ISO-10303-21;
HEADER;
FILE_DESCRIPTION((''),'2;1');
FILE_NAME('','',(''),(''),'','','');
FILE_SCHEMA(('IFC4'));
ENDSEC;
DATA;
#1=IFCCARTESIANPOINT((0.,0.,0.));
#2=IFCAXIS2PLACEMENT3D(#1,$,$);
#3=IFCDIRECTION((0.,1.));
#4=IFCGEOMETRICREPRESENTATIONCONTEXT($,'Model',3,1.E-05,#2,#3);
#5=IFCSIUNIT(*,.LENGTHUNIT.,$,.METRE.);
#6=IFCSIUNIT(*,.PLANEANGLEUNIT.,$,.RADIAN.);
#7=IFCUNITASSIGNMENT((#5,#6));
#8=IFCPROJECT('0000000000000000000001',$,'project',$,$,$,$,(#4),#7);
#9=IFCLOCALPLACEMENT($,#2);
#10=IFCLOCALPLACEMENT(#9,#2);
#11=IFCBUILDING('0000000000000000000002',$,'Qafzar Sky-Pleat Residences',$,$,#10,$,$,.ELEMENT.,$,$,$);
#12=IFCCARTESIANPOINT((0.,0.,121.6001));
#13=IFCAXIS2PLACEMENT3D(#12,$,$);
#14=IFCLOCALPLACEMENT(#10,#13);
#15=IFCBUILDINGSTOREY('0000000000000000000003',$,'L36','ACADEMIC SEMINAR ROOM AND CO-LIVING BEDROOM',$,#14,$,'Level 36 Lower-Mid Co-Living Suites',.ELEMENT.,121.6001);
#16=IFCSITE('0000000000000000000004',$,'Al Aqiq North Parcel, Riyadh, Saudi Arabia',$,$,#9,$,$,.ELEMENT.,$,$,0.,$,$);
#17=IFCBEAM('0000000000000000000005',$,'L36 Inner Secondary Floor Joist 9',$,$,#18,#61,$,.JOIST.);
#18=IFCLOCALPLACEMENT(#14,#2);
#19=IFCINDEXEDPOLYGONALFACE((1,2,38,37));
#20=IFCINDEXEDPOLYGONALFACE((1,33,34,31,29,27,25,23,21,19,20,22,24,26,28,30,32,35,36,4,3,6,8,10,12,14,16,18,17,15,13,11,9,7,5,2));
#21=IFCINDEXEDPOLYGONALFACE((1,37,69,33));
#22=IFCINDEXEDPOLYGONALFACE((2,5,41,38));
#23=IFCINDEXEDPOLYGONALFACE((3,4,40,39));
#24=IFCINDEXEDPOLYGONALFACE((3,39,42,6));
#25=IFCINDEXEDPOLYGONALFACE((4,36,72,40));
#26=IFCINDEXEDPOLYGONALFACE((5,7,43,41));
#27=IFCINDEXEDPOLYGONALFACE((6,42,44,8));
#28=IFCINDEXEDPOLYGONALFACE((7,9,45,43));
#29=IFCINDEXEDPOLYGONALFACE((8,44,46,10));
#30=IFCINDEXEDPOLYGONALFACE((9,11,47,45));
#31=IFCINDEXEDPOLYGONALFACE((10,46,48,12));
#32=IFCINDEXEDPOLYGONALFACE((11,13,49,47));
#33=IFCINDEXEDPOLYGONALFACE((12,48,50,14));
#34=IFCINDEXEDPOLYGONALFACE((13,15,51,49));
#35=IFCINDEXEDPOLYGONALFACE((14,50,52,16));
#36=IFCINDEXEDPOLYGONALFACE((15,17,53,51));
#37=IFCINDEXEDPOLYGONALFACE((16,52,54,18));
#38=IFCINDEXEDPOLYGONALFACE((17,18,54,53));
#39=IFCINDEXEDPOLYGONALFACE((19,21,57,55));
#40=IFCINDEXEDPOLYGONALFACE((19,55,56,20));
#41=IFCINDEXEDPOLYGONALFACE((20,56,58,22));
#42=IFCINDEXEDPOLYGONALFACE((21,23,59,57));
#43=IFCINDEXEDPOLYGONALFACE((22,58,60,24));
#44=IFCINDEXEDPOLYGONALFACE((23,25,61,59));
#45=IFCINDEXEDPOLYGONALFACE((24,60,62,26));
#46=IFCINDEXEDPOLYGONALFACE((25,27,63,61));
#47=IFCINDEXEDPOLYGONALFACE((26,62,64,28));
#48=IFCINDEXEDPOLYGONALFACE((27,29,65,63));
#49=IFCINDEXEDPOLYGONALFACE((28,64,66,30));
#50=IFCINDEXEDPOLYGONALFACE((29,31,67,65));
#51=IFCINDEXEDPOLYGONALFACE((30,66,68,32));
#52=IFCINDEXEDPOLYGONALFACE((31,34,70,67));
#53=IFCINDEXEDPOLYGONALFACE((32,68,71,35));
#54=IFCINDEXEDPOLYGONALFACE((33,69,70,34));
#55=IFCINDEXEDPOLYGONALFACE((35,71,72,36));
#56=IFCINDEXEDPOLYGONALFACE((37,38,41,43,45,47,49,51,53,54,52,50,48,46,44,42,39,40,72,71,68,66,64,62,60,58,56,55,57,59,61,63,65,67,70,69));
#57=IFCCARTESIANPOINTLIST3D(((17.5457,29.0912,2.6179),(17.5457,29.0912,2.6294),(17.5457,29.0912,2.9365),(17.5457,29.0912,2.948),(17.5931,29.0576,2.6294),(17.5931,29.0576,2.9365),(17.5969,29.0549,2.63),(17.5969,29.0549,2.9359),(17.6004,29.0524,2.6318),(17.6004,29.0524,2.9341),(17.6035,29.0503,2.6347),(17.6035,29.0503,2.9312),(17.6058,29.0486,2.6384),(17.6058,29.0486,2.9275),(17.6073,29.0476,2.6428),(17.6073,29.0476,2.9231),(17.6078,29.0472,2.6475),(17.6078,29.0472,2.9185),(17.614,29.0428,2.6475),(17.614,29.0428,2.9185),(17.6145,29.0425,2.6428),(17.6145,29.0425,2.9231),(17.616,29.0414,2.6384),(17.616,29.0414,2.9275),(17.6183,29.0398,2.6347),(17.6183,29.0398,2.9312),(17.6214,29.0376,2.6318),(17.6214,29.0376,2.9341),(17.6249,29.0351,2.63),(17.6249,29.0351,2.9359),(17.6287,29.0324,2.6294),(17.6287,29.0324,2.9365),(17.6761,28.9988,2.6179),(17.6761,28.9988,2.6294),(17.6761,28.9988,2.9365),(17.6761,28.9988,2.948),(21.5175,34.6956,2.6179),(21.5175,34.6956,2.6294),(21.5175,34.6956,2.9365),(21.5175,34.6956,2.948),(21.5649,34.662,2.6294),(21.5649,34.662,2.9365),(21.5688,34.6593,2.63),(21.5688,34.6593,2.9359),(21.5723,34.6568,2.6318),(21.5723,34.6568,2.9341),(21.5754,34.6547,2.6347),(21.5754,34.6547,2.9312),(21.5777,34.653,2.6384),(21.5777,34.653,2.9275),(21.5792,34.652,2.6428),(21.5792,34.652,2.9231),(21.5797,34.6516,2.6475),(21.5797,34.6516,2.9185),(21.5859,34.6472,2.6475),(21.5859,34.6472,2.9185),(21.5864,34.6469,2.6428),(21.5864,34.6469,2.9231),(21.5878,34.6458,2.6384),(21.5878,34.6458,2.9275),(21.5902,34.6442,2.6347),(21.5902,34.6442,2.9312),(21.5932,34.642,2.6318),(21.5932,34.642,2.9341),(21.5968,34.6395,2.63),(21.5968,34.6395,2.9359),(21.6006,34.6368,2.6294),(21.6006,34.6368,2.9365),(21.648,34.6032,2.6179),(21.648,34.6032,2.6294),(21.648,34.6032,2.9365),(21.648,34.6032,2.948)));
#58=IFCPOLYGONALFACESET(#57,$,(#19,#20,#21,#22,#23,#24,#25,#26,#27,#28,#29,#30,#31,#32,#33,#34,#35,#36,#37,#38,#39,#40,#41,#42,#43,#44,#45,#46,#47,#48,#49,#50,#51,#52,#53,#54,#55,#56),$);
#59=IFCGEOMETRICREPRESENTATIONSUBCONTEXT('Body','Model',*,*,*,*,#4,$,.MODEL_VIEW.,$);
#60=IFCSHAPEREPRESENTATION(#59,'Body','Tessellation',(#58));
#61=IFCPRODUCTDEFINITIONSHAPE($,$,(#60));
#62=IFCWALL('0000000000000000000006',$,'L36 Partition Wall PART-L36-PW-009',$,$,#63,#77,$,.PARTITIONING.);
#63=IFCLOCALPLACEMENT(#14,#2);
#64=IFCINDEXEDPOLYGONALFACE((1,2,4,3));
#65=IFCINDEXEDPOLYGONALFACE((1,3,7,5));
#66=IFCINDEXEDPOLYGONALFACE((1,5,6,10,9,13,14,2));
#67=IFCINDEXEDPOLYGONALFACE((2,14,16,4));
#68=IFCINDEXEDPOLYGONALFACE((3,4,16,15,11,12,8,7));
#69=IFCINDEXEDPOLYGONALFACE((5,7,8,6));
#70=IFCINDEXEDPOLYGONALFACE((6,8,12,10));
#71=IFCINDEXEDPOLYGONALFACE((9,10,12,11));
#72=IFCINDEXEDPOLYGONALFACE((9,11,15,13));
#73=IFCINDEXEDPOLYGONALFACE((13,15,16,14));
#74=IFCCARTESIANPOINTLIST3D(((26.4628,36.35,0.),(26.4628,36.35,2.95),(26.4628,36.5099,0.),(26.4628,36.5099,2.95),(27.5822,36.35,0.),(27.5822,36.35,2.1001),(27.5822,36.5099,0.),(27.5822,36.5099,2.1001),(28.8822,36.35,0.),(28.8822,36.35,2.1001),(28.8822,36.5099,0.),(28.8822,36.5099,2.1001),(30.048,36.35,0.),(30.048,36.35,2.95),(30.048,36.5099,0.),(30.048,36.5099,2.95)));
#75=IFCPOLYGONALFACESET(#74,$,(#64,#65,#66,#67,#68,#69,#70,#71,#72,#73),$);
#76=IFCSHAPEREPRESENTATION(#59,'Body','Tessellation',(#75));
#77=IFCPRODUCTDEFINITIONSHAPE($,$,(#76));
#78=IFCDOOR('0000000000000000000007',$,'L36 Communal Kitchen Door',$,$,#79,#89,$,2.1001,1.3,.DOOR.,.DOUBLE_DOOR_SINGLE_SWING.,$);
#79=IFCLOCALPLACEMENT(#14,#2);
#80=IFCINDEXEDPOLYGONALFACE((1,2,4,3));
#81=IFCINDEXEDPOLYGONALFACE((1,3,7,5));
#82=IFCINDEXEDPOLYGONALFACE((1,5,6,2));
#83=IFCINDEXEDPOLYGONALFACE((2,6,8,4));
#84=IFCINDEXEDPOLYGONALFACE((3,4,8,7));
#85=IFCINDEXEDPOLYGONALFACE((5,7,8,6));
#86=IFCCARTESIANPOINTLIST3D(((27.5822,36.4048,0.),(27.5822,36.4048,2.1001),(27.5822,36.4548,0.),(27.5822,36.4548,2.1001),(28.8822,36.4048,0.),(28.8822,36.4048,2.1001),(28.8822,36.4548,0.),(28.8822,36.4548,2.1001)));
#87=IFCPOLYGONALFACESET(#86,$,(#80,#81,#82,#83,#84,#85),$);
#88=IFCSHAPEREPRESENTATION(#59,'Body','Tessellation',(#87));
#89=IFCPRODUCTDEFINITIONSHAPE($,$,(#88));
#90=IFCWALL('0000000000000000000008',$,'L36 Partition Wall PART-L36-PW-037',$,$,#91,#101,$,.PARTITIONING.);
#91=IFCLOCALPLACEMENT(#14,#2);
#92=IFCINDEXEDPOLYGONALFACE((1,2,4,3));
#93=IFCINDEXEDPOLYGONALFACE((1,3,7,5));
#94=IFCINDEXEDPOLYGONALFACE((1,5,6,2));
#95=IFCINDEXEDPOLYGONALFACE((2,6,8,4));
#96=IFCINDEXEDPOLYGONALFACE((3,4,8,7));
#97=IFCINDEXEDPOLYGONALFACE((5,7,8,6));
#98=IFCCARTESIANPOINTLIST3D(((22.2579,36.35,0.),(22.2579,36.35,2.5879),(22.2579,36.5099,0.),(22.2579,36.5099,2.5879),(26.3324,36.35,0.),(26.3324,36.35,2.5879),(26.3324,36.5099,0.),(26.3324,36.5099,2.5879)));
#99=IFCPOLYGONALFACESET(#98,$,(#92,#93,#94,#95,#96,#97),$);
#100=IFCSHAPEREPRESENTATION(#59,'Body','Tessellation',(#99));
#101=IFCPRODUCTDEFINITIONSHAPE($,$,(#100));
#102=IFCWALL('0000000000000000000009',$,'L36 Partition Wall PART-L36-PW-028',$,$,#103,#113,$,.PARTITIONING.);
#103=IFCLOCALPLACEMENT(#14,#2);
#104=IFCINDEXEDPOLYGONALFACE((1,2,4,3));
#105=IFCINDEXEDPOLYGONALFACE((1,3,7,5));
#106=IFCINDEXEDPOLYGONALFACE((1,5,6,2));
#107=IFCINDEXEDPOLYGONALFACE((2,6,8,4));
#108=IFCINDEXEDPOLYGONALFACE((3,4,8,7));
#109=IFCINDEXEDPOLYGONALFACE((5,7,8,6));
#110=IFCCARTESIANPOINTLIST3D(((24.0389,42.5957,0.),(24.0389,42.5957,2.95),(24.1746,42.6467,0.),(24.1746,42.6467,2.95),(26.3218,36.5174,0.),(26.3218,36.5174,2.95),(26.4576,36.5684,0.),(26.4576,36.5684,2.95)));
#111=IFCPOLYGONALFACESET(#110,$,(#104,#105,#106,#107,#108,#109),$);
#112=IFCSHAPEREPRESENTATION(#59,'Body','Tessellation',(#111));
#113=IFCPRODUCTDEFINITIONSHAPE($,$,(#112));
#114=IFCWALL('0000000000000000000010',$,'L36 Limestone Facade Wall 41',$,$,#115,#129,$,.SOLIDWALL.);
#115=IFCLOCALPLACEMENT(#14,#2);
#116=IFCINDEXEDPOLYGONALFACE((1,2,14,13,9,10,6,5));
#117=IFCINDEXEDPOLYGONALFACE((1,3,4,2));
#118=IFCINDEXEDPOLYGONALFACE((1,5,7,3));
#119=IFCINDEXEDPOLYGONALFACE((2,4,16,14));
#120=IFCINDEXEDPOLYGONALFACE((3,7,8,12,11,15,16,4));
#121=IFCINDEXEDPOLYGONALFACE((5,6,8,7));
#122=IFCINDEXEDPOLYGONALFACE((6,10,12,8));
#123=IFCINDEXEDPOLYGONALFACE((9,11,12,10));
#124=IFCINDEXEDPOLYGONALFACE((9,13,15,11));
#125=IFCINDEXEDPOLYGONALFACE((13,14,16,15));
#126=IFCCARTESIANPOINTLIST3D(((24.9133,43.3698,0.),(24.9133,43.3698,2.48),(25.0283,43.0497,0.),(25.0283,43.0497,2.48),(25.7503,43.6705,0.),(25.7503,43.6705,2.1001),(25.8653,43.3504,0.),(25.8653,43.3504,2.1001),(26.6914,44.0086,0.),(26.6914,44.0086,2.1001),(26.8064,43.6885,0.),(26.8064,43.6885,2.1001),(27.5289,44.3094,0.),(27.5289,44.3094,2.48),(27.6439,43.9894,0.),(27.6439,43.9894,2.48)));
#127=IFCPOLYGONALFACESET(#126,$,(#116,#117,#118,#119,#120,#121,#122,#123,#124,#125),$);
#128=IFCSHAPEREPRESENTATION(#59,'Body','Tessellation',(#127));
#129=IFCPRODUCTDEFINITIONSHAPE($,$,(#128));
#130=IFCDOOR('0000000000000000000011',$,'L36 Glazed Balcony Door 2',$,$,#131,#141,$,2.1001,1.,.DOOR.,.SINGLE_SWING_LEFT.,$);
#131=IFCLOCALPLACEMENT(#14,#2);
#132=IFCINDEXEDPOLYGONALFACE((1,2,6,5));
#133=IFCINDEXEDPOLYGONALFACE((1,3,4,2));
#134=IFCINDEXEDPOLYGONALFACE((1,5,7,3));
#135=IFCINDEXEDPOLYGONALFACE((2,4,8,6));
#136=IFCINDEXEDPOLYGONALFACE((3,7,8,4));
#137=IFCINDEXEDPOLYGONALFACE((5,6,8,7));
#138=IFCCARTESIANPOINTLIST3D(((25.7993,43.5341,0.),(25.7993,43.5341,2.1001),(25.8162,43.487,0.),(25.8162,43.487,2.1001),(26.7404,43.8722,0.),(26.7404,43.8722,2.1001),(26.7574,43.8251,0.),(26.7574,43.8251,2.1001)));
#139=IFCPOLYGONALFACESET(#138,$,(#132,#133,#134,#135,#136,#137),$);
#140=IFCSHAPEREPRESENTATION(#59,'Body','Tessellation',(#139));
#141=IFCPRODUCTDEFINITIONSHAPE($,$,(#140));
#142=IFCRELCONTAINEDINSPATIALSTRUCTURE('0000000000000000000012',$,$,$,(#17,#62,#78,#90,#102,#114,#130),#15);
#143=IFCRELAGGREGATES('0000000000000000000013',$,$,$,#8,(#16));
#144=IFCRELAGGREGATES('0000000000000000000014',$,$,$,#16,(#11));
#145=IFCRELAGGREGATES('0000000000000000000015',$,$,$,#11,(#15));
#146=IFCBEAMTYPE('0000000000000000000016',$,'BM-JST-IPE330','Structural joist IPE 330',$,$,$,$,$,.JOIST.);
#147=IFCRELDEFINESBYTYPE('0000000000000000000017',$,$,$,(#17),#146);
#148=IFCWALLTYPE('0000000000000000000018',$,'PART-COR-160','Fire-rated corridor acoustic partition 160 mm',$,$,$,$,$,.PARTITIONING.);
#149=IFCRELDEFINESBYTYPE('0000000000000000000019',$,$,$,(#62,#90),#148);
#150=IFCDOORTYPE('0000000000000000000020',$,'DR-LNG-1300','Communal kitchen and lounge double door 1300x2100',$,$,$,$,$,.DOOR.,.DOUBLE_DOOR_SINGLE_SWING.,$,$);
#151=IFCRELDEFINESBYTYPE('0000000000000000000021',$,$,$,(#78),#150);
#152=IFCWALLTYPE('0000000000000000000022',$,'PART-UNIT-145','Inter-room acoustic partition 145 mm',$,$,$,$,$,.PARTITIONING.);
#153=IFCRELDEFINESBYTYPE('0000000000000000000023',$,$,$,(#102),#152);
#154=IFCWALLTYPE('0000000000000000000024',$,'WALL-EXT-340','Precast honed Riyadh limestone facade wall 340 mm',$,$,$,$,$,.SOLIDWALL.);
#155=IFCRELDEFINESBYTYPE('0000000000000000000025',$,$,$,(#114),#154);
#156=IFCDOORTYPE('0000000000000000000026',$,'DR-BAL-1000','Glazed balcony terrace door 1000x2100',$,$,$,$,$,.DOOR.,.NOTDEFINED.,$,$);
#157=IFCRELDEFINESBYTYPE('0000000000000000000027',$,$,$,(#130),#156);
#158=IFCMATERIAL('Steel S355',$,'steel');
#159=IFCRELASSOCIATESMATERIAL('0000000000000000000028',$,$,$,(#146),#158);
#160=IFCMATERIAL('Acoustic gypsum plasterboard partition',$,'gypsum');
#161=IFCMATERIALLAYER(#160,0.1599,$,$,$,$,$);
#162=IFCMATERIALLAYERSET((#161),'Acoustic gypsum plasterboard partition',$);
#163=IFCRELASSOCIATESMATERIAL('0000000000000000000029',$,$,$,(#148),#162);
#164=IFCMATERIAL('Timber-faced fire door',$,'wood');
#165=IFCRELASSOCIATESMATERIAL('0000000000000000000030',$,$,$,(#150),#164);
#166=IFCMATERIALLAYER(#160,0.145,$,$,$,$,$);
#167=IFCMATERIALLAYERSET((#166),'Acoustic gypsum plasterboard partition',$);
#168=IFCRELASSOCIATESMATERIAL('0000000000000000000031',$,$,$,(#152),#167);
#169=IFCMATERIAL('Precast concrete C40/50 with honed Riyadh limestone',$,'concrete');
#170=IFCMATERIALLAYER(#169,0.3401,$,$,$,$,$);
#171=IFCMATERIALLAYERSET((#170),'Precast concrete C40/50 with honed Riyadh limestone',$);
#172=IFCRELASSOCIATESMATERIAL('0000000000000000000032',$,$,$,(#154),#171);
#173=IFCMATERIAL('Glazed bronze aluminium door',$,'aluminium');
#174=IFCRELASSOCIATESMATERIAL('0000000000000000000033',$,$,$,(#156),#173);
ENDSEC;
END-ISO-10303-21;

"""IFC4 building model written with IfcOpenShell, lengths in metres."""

from ifc_helpers import new_model, si_unit, direction, frame, frame_2d, origin, origin_2d, place, context, subcontext, project, spatial, rectangle, i_section, extrude, source, transform, mapped, material, layer, layer_set, material_profile, profile_set, type_object, element, fill, save


model = new_model("IFC4")

# Units and contexts
model_context = context("Model", 3, precision=1e-05, world=origin(), true_north=direction((0.0, 1.0)))
body_context = subcontext(model_context, "Body", "Model", "MODEL_VIEW")
ifc_project = project(units=[si_unit("LENGTHUNIT", "METRE"), si_unit("PLANEANGLEUNIT", "RADIAN")], contexts=[model_context])

# Site, building, storey
site_placement = place(None, origin())
site = spatial("IfcSite", under=ifc_project, at=site_placement, Name="Al Aqiq North Parcel, Riyadh, Saudi Arabia", CompositionType="ELEMENT", RefElevation=0.0)
building_placement = place(site_placement, origin())
building = spatial("IfcBuilding", under=site, at=building_placement, Name="Qafzar Sky-Pleat Residences", CompositionType="ELEMENT")
storey_placement = place(building_placement, frame((0.0, 0.0, 121.6001)))
storey = spatial("IfcBuildingStorey", under=building, at=storey_placement, Name="L36", Description="ACADEMIC SEMINAR ROOM AND CO-LIVING BEDROOM", LongName="Level 36 Lower-Mid Co-Living Suites", CompositionType="ELEMENT", Elevation=121.6001)

# Beam
ifc_material_1 = material(Name="Steel S355", Category="steel")
ifc_material_profile_1 = material_profile(ifc_material_1, i_section(OverallWidth=0.1599, OverallDepth=0.3301, WebThickness=0.0076, FlangeThickness=0.0115, FilletRadius=0.0181, at=origin_2d()), Name="IPE 330")
ifc_profile_set_1 = profile_set([ifc_material_profile_1], Name="Steel S355")
beam_type_1 = type_object("IfcBeamType", Name="BM-JST-IPE330", Description="Structural joist IPE 330", PredefinedType="JOIST", material=ifc_profile_set_1)
shared_shape_1 = source(origin(), body_context, "Body", "SweptSolid", [
    extrude(i_section(OverallWidth=0.1599, OverallDepth=0.3301, WebThickness=0.0076, FlangeThickness=0.0115, FilletRadius=0.0181, at=origin_2d()), origin(), (0.0, 0.0, 1.0), 6.8691),
])
beam_1_placement = place(storey_placement, frame((21.5828, 34.6494, 2.783), z_axis=(-0.578218, -0.815882, 0.0), x_axis=(0.815882, -0.578218, 0.0)))
element("IfcBeam", 1, at=beam_1_placement, inside=storey, type_object=beam_type_1, Name="L36 Inner Secondary Floor Joist 9", PredefinedType="JOIST", context=body_context, shape_type="MappedRepresentation", body=[
    mapped(shared_shape_1, transform((0.0, 0.0, 0.0), x_axis=(1.0, 0.0, 0.0), y_axis=(0.0, 1.0, 0.0), z_axis=(0.0, 0.0, 1.0), scale=1.0)),
])

# Wall, opening, door
ifc_material_2 = material(Name="Acoustic gypsum plasterboard partition", Category="gypsum")
ifc_layer_1 = layer(ifc_material_2, 0.1599)
ifc_layer_set_1 = layer_set([ifc_layer_1], Name="Acoustic gypsum plasterboard partition")
wall_type_1 = type_object("IfcWallType", Name="PART-COR-160", Description="Fire-rated corridor acoustic partition 160 mm", PredefinedType="PARTITIONING", material=ifc_layer_set_1)
wall_1_placement = place(storey_placement, frame((26.4629, 36.4299, 0.0), z_axis=(0.0, 0.0, 1.0), x_axis=(1.0, 0.0, 0.0)))
wall_1 = element("IfcWall", 2, at=wall_1_placement, inside=storey, type_object=wall_type_1, Name="L36 Partition Wall PART-L36-PW-009", PredefinedType="PARTITIONING", context=body_context, shape_type="SweptSolid", body=[
    extrude(rectangle(XDim=3.5852, YDim=0.1599, at=frame_2d((1.7925, 0.0))), origin(), (0.0, 0.0, 1.0), 2.95),
])
opening_1_placement = place(wall_1_placement, frame((1.1194, 0.0, 0.0)))
opening_1 = element("IfcOpeningElement", 3, at=opening_1_placement, cuts=wall_1, PredefinedType="OPENING", context=body_context, shape_type="SweptSolid", body=[
    extrude(rectangle(XDim=1.3, YDim=2.1001, at=frame_2d((0.6499, 1.05))), frame((0.0, 0.0898, 0.0), z_axis=(0.0, -1.0, 0.0), x_axis=(1.0, 0.0, 0.0)), (0.0, 0.0, 1.0), 0.1799),
])
ifc_material_3 = material(Name="Timber-faced fire door", Category="wood")
door_type_1 = type_object("IfcDoorType", Name="DR-LNG-1300", Description="Communal kitchen and lounge double door 1300x2100", OperationType="DOUBLE_DOOR_SINGLE_SWING", PredefinedType="DOOR", material=ifc_material_3)
shared_shape_2 = source(origin(), body_context, "Body", "SweptSolid", [
    extrude(rectangle(XDim=1.3, YDim=2.1001, at=frame_2d((0.6499, 1.05))), frame((0.0, 0.0249, 0.0), z_axis=(0.0, -1.0, 0.0), x_axis=(1.0, 0.0, 0.0)), (0.0, 0.0, 1.0), 0.05),
])
door_1_placement = place(opening_1_placement, origin())
door_1 = element("IfcDoor", 4, at=door_1_placement, inside=storey, type_object=door_type_1, Name="L36 Communal Kitchen Door", OperationType="DOUBLE_DOOR_SINGLE_SWING", OverallHeight=2.1001, OverallWidth=1.3, PredefinedType="DOOR", context=body_context, shape_type="MappedRepresentation", body=[
    mapped(shared_shape_2, transform((0.0, 0.0, 0.0), x_axis=(1.0, 0.0, 0.0), y_axis=(0.0, 1.0, 0.0), z_axis=(0.0, 0.0, 1.0), scale=1.0)),
])
fill(opening_1, door_1)

# Walls
wall_2_placement = place(storey_placement, frame((22.2581, 36.4299, 0.0), z_axis=(0.0, 0.0, 1.0), x_axis=(1.0, 0.0, 0.0)))
element("IfcWall", 5, at=wall_2_placement, inside=storey, type_object=wall_type_1, Name="L36 Partition Wall PART-L36-PW-037", PredefinedType="PARTITIONING", context=body_context, shape_type="SweptSolid", body=[
    extrude(rectangle(XDim=4.0745, YDim=0.1599, at=frame_2d((2.0371, 0.0))), origin(), (0.0, 0.0, 1.0), 2.5879),
])
ifc_layer_2 = layer(ifc_material_2, 0.145)
ifc_layer_set_2 = layer_set([ifc_layer_2], Name="Acoustic gypsum plasterboard partition")
wall_type_2 = type_object("IfcWallType", Name="PART-UNIT-145", Description="Inter-room acoustic partition 145 mm", PredefinedType="PARTITIONING", material=ifc_layer_set_2)
wall_3_placement = place(storey_placement, frame((24.1067, 42.6213, 0.0), z_axis=(0.0, 0.0, 1.0), x_axis=(0.351606, -0.936148, 0.0)))
element("IfcWall", 6, at=wall_3_placement, inside=storey, type_object=wall_type_2, Name="L36 Partition Wall PART-L36-PW-028", PredefinedType="PARTITIONING", context=body_context, shape_type="SweptSolid", body=[
    extrude(rectangle(XDim=6.4929, YDim=0.145, at=frame_2d((3.2466, 0.0))), origin(), (0.0, 0.0, 1.0), 2.95),
])

# Wall, opening, door
ifc_material_4 = material(Name="Precast concrete C40/50 with honed Riyadh limestone", Category="concrete")
ifc_layer_3 = layer(ifc_material_4, 0.3401)
ifc_layer_set_3 = layer_set([ifc_layer_3], Name="Precast concrete C40/50 with honed Riyadh limestone")
wall_type_3 = type_object("IfcWallType", Name="WALL-EXT-340", Description="Precast honed Riyadh limestone facade wall 340 mm", PredefinedType="SOLIDWALL", material=ifc_layer_set_3)
wall_4_placement = place(storey_placement, frame((27.5864, 44.1494, 0.0), z_axis=(0.0, 0.0, 1.0), x_axis=(-0.941112, -0.338094, 0.0)))
wall_4 = element("IfcWall", 7, at=wall_4_placement, inside=storey, type_object=wall_type_3, Name="L36 Limestone Facade Wall 41", PredefinedType="SOLIDWALL", context=body_context, shape_type="SweptSolid", body=[
    extrude(rectangle(XDim=2.7793, YDim=0.3401, at=frame_2d((1.3896, 0.0))), origin(), (0.0, 0.0, 1.0), 2.48),
])
opening_2_placement = place(wall_4_placement, frame((0.8899, 0.0, 0.0)))
opening_2 = element("IfcOpeningElement", 8, at=opening_2_placement, cuts=wall_4, PredefinedType="OPENING", context=body_context, shape_type="SweptSolid", body=[
    extrude(rectangle(XDim=1.0, YDim=2.1001, at=frame_2d((0.5, 1.05))), frame((0.0, 0.1802, 0.0), z_axis=(0.0, -1.0, 0.0), x_axis=(1.0, 0.0, 0.0)), (0.0, 0.0, 1.0), 0.3601),
])
ifc_material_5 = material(Name="Glazed bronze aluminium door", Category="aluminium")
door_type_2 = type_object("IfcDoorType", Name="DR-BAL-1000", Description="Glazed balcony terrace door 1000x2100", OperationType="NOTDEFINED", PredefinedType="DOOR", material=ifc_material_5)
shared_shape_3 = source(origin(), body_context, "Body", "SweptSolid", [
    extrude(rectangle(XDim=1.0, YDim=2.1001, at=frame_2d((0.5, 1.05))), frame((0.0, 0.0249, 0.0), z_axis=(0.0, -1.0, 0.0), x_axis=(1.0, 0.0, 0.0)), (0.0, 0.0, 1.0), 0.05),
])
door_2_placement = place(opening_2_placement, origin())
door_2 = element("IfcDoor", 9, at=door_2_placement, inside=storey, type_object=door_type_2, Name="L36 Glazed Balcony Door 2", OperationType="SINGLE_SWING_LEFT", OverallHeight=2.1001, OverallWidth=1.0, PredefinedType="DOOR", context=body_context, shape_type="MappedRepresentation", body=[
    mapped(shared_shape_3, transform((0.0, 0.0, 0.0), x_axis=(1.0, 0.0, 0.0), y_axis=(0.0, 1.0, 0.0), z_axis=(0.0, 0.0, 1.0), scale=1.0)),
])
fill(opening_2, door_2)

save(model, "model.ifc")
